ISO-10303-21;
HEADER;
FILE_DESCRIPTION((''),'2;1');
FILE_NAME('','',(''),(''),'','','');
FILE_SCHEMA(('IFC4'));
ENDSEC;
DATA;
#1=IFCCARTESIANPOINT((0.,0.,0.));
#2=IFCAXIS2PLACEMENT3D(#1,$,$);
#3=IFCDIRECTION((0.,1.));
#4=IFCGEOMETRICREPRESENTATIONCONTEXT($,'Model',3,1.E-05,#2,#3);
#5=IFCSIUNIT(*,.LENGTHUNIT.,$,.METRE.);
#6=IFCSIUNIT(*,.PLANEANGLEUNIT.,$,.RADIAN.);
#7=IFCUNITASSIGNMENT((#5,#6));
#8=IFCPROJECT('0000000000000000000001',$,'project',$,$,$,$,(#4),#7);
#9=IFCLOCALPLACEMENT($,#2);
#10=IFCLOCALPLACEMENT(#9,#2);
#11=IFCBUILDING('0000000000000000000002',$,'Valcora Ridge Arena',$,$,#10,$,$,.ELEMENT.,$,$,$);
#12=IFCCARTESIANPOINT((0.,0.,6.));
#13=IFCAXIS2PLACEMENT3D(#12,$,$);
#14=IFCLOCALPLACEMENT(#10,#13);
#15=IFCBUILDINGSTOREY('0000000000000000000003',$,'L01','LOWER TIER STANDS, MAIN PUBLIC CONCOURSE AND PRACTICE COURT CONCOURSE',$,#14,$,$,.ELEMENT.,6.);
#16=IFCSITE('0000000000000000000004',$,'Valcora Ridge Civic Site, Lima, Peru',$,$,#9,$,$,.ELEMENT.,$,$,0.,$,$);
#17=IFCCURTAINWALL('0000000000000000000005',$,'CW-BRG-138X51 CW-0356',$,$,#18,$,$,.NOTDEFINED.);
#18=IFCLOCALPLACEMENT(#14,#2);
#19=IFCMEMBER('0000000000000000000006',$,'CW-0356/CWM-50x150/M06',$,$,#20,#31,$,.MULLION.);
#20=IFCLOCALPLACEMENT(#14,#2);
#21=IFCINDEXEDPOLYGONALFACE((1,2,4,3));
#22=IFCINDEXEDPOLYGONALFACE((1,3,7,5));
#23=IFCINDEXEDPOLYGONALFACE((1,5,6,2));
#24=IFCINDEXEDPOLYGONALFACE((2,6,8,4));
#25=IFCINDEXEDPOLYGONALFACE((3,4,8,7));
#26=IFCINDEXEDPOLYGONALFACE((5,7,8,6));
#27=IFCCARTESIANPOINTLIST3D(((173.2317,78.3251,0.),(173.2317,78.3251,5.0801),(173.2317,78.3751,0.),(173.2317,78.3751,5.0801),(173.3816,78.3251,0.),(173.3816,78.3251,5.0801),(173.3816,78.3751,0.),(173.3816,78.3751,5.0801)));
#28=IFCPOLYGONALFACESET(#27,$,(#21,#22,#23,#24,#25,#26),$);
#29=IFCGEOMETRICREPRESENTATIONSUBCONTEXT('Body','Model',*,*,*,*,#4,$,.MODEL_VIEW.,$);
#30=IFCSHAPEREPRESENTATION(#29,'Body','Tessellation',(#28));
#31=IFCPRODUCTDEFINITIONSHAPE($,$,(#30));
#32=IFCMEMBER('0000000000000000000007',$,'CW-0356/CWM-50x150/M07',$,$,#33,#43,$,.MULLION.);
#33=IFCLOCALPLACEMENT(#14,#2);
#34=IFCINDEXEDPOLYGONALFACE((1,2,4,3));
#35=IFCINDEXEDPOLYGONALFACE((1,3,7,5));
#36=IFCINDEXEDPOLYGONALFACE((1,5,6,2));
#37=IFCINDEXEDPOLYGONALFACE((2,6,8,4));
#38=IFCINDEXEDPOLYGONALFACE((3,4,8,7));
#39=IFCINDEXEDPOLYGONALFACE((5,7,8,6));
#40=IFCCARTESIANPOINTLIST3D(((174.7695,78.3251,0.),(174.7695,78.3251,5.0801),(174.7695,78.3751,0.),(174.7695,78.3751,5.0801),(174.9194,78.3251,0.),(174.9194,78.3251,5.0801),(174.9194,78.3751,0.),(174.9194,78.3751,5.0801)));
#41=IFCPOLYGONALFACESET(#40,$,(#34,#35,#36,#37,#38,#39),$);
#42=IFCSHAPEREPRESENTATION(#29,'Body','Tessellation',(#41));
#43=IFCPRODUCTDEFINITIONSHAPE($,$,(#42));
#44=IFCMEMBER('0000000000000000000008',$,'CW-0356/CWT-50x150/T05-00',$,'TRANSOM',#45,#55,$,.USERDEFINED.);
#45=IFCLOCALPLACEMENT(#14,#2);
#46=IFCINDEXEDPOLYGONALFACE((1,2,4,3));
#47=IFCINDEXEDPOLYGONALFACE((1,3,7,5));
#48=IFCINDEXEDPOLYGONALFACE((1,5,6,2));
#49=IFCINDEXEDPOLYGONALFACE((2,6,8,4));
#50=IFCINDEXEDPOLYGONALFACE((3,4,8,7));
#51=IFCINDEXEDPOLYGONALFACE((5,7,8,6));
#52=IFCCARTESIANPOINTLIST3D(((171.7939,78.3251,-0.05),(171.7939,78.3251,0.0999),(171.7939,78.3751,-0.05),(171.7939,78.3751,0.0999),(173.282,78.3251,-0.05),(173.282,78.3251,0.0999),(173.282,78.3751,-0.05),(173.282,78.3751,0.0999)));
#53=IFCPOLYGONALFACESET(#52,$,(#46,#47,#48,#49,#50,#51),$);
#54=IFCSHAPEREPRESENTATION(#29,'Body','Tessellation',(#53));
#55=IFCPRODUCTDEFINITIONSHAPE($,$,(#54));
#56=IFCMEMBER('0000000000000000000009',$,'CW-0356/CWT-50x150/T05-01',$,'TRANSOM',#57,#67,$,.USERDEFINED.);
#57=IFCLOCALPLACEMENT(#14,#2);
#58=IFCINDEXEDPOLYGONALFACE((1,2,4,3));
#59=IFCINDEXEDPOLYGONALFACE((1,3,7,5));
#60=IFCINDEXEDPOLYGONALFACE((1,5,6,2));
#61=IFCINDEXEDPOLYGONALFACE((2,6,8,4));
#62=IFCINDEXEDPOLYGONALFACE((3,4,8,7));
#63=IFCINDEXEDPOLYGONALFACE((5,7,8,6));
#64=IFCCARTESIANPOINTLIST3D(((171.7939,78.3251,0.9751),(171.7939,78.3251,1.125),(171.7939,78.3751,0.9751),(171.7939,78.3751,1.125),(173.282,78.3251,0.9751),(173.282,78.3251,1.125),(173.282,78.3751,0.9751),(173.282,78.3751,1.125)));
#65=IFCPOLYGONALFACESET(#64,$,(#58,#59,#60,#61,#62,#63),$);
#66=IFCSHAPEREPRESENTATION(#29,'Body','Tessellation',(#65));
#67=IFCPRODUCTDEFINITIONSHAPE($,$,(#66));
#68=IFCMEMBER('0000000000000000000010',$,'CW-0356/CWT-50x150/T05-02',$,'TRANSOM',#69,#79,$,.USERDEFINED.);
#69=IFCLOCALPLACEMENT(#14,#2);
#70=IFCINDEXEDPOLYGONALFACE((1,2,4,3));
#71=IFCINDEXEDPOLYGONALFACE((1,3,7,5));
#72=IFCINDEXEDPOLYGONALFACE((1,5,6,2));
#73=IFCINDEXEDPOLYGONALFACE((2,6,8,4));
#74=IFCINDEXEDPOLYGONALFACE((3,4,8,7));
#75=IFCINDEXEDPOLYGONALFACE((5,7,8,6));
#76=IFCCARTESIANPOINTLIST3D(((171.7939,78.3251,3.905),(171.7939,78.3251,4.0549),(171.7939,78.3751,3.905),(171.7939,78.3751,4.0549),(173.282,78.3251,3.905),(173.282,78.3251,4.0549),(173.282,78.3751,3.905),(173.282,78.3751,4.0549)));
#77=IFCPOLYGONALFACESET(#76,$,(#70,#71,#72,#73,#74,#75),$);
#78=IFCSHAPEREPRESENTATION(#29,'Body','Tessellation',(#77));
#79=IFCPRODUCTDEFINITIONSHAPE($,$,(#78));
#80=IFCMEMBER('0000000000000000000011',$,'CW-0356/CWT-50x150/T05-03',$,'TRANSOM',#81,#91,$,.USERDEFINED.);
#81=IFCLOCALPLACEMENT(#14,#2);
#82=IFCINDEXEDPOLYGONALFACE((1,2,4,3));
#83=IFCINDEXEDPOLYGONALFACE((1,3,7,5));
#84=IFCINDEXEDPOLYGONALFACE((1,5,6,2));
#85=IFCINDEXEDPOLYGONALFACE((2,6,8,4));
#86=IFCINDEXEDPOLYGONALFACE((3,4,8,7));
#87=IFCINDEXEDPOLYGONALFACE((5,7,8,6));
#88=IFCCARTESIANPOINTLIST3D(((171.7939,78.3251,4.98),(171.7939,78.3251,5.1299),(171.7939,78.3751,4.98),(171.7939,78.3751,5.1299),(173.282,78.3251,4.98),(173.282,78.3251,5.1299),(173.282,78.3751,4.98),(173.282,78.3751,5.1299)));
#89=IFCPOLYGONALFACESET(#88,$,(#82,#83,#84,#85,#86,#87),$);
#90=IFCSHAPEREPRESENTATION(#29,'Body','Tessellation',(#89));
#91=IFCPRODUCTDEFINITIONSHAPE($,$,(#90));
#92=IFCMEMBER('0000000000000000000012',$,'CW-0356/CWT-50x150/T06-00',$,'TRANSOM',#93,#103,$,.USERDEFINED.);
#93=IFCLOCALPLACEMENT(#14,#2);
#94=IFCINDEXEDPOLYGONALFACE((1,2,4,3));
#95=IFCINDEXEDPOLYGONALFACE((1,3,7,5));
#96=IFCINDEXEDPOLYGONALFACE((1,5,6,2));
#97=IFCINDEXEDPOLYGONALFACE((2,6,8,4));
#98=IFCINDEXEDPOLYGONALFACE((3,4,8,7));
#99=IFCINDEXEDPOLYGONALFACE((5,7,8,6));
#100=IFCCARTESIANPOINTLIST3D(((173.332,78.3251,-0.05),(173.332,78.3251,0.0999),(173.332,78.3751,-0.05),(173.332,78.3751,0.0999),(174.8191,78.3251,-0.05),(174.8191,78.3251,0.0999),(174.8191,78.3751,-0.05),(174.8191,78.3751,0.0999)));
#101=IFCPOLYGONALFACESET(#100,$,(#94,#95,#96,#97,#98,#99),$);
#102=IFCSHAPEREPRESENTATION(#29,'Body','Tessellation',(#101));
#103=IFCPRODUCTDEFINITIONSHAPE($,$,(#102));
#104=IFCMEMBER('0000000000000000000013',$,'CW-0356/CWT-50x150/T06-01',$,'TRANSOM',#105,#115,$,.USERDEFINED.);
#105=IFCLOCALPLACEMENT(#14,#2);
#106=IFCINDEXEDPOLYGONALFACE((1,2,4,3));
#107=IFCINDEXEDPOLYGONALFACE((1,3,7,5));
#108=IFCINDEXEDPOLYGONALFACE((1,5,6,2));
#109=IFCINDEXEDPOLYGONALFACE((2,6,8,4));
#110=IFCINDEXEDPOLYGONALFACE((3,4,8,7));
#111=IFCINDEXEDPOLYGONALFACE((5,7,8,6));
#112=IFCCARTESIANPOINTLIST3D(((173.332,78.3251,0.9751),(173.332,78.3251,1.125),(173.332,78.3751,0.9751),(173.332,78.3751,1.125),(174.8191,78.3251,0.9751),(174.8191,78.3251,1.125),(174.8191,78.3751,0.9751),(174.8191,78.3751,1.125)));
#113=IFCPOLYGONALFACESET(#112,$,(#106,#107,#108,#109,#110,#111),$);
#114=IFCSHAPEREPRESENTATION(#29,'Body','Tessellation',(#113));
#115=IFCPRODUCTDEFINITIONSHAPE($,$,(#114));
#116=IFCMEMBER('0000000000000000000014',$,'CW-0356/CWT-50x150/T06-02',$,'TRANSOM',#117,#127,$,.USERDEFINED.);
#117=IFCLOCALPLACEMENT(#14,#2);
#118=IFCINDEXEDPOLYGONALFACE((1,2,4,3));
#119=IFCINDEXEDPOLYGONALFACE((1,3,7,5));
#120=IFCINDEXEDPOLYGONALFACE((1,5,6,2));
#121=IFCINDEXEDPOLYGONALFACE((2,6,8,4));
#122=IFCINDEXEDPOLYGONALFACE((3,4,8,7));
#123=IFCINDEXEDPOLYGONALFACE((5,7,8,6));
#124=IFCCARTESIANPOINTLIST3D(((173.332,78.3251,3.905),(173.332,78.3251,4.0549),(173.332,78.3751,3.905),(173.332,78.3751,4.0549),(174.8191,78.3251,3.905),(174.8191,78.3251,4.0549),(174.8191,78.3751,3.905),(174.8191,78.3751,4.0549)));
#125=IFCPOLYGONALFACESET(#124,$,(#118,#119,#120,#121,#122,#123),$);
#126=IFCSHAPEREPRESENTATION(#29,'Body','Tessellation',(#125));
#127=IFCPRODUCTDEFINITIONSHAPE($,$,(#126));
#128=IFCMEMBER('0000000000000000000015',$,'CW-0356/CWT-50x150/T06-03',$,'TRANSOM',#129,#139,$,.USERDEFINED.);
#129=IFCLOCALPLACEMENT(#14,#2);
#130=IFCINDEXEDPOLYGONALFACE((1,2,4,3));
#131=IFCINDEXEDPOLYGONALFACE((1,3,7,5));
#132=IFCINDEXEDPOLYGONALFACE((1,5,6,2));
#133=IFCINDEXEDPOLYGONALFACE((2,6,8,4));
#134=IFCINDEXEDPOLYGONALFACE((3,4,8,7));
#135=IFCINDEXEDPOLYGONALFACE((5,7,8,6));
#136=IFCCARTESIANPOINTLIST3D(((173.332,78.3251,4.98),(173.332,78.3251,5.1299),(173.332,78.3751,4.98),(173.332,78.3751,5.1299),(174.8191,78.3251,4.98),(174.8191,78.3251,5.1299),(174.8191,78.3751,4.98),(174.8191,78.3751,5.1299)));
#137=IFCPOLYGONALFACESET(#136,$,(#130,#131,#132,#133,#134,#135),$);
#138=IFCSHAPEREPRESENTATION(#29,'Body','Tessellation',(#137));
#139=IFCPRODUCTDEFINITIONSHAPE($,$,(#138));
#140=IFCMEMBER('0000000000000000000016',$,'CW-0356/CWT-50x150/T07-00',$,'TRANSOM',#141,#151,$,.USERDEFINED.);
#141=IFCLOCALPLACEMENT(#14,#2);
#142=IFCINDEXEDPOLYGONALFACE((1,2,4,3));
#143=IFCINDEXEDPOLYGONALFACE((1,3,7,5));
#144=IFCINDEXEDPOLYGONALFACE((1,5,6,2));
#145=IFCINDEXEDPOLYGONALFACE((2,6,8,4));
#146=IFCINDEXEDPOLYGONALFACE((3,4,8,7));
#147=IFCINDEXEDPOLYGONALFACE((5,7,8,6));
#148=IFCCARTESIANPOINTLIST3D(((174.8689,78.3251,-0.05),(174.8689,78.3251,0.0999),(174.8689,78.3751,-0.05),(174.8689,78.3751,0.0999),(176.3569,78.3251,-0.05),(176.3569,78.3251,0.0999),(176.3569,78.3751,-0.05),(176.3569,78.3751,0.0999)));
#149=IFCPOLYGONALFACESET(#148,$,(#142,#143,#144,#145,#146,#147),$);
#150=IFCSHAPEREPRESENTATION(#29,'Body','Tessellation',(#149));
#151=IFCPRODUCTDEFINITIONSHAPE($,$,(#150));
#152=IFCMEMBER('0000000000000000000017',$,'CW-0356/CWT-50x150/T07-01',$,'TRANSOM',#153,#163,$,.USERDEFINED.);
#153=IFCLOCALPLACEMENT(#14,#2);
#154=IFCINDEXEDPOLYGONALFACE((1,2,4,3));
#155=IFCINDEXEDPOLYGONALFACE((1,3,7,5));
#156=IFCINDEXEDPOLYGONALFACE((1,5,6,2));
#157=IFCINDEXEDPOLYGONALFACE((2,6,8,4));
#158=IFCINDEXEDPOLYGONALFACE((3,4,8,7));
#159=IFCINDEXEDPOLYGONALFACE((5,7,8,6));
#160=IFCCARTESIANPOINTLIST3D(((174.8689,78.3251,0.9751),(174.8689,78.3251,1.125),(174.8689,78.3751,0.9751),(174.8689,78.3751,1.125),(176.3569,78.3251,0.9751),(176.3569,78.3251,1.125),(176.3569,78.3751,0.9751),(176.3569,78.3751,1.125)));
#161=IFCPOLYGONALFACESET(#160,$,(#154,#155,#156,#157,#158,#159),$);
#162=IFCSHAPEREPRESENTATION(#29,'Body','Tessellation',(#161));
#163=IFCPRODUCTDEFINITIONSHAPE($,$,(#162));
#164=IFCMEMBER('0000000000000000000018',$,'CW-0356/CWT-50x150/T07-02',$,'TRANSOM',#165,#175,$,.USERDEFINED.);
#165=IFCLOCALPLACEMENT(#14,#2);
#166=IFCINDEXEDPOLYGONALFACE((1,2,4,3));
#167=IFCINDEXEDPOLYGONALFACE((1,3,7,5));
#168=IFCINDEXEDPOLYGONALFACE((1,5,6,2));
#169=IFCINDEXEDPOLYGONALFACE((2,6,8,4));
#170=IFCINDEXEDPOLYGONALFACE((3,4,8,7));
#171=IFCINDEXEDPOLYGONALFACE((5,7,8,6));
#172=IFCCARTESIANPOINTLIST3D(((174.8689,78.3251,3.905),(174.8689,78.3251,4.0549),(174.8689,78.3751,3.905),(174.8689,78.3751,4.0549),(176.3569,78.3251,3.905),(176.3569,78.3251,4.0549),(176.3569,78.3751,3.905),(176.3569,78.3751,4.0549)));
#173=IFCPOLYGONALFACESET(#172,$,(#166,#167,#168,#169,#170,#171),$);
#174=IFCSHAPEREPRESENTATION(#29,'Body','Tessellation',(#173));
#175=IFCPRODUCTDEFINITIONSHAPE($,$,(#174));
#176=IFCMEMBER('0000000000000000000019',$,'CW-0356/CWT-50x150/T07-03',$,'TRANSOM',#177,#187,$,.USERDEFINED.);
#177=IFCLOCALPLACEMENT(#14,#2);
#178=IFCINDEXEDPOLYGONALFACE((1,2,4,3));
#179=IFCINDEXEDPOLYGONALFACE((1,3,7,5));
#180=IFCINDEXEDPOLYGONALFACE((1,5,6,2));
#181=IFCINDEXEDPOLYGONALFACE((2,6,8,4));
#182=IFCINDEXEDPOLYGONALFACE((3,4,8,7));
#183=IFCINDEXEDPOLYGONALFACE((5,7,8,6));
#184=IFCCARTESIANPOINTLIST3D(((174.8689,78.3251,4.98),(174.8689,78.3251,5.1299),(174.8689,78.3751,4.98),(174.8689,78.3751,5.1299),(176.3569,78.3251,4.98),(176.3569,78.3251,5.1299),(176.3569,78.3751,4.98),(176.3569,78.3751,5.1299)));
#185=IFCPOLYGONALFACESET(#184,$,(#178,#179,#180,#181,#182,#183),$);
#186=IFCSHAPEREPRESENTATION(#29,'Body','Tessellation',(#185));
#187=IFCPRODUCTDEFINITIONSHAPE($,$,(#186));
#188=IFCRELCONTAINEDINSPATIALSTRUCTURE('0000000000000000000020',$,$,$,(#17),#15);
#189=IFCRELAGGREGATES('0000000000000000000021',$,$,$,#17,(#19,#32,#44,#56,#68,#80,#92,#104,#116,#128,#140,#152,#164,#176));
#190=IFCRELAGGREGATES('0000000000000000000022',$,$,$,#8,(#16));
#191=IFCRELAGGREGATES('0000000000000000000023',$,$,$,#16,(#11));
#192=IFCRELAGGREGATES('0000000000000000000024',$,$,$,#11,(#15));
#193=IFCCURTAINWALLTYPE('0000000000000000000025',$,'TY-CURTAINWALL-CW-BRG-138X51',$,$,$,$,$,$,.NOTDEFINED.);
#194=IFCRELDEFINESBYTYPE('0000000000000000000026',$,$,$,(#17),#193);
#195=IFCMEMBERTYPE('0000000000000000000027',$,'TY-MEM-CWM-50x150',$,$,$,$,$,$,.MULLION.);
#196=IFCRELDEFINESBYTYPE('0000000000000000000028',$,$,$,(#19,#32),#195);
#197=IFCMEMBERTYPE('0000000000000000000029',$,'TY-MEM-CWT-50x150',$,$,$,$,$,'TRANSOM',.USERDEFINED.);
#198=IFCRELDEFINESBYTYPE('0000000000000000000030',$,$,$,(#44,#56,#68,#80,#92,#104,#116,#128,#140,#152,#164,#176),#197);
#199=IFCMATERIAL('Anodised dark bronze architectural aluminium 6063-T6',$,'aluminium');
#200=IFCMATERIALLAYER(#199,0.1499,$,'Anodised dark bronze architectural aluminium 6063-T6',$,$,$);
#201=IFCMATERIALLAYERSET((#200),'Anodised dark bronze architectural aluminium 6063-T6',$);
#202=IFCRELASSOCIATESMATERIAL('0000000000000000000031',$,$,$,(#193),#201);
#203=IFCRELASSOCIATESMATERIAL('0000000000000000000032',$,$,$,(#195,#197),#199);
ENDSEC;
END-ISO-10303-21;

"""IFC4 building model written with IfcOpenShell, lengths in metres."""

from ifc_helpers import new_model, si_unit, direction, frame, origin, origin_2d, place, context, subcontext, project, spatial, rectangle, extrude, material, layer, layer_set, material_profile, profile_set, type_object, element, aggregate, save


model = new_model("IFC4")

# Units and contexts
model_context = context("Model", 3, precision=1e-05, world=origin(), true_north=direction((0.0, 1.0)))
body_context = subcontext(model_context, "Body", "Model", "MODEL_VIEW")
ifc_project = project(units=[si_unit("LENGTHUNIT", "METRE"), si_unit("PLANEANGLEUNIT", "RADIAN")], contexts=[model_context])

# Site, building, storey
site_placement = place(None, origin())
site = spatial("IfcSite", under=ifc_project, at=site_placement, Name="Valcora Ridge Civic Site, Lima, Peru", CompositionType="ELEMENT", RefElevation=0.0)
building_placement = place(site_placement, origin())
building = spatial("IfcBuilding", under=site, at=building_placement, Name="Valcora Ridge Arena", CompositionType="ELEMENT")
storey_placement = place(building_placement, frame((0.0, 0.0, 6.0)))
storey = spatial("IfcBuildingStorey", under=building, at=storey_placement, Name="L01", Description="LOWER TIER STANDS, MAIN PUBLIC CONCOURSE AND PRACTICE COURT CONCOURSE", CompositionType="ELEMENT", Elevation=6.0)

# Curtain wall, members
ifc_material_1 = material(Name="Anodised dark bronze architectural aluminium 6063-T6", Category="aluminium")
ifc_layer_1 = layer(ifc_material_1, 0.1499, Name="Anodised dark bronze architectural aluminium 6063-T6")
ifc_layer_set_1 = layer_set([ifc_layer_1], Name="Anodised dark bronze architectural aluminium 6063-T6")
curtain_wall_type = type_object("IfcCurtainWallType", Name="TY-CURTAINWALL-CW-BRG-138X51", PredefinedType="NOTDEFINED", material=ifc_layer_set_1)
curtain_wall_placement = place(storey_placement, origin())
curtain_wall = element("IfcCurtainWall", 1, at=curtain_wall_placement, inside=storey, type_object=curtain_wall_type, Name="CW-BRG-138X51 CW-0356", PredefinedType="NOTDEFINED")
ifc_material_profile_1 = material_profile(ifc_material_1, rectangle(XDim=0.05, YDim=0.1499, at=origin_2d()), Name="ALU MULLION 50x150")
ifc_profile_set_1 = profile_set([ifc_material_profile_1], Name="Anodised dark bronze architectural aluminium 6063-T6")
member_type_1 = type_object("IfcMemberType", Name="TY-MEM-CWM-50x150", PredefinedType="MULLION", material=ifc_profile_set_1)
member_1_placement = place(storey_placement, frame((173.3066, 78.3501, 0.0), z_axis=(0.0, 0.0, 1.0), x_axis=(0.0, 1.0, 0.0)))
member_1 = element("IfcMember", 2, at=member_1_placement, type_object=member_type_1, Name="CW-0356/CWM-50x150/M06", PredefinedType="MULLION", context=body_context, shape_type="SweptSolid", body=[
    extrude(rectangle(XDim=0.05, YDim=0.1499, at=origin_2d()), origin(), (0.0, 0.0, 1.0), 5.0801),
])
member_2_placement = place(storey_placement, frame((174.8445, 78.3501, 0.0), z_axis=(0.0, 0.0, 1.0), x_axis=(0.0, 1.0, 0.0)))
member_2 = element("IfcMember", 3, at=member_2_placement, type_object=member_type_1, Name="CW-0356/CWM-50x150/M07", PredefinedType="MULLION", context=body_context, shape_type="SweptSolid", body=[
    extrude(rectangle(XDim=0.05, YDim=0.1499, at=origin_2d()), origin(), (0.0, 0.0, 1.0), 5.0801),
])
ifc_material_profile_2 = material_profile(ifc_material_1, rectangle(XDim=0.05, YDim=0.1499, at=origin_2d()), Name="ALU TRANSOM 50x150")
ifc_profile_set_2 = profile_set([ifc_material_profile_2], Name="Anodised dark bronze architectural aluminium 6063-T6")
member_type_2 = type_object("IfcMemberType", Name="TY-MEM-CWT-50x150", ElementType="TRANSOM", PredefinedType="USERDEFINED", material=ifc_profile_set_2)
member_3_placement = place(storey_placement, frame((171.7939, 78.3501, 0.0249), z_axis=(1.0, 0.0, 0.0), x_axis=(0.0, 1.0, 0.0)))
member_3 = element("IfcMember", 4, at=member_3_placement, type_object=member_type_2, Name="CW-0356/CWT-50x150/T05-00", ObjectType="TRANSOM", PredefinedType="USERDEFINED", context=body_context, shape_type="SweptSolid", body=[
    extrude(rectangle(XDim=0.05, YDim=0.1499, at=origin_2d()), origin(), (0.0, 0.0, 1.0), 1.488),
])
member_4_placement = place(storey_placement, frame((171.7939, 78.3501, 1.05), z_axis=(1.0, 0.0, 0.0), x_axis=(0.0, 1.0, 0.0)))
member_4 = element("IfcMember", 5, at=member_4_placement, type_object=member_type_2, Name="CW-0356/CWT-50x150/T05-01", ObjectType="TRANSOM", PredefinedType="USERDEFINED", context=body_context, shape_type="SweptSolid", body=[
    extrude(rectangle(XDim=0.05, YDim=0.1499, at=origin_2d()), origin(), (0.0, 0.0, 1.0), 1.488),
])
member_5_placement = place(storey_placement, frame((171.7939, 78.3501, 3.98), z_axis=(1.0, 0.0, 0.0), x_axis=(0.0, 1.0, 0.0)))
member_5 = element("IfcMember", 6, at=member_5_placement, type_object=member_type_2, Name="CW-0356/CWT-50x150/T05-02", ObjectType="TRANSOM", PredefinedType="USERDEFINED", context=body_context, shape_type="SweptSolid", body=[
    extrude(rectangle(XDim=0.05, YDim=0.1499, at=origin_2d()), origin(), (0.0, 0.0, 1.0), 1.488),
])
member_6_placement = place(storey_placement, frame((171.7939, 78.3501, 5.0549), z_axis=(1.0, 0.0, 0.0), x_axis=(0.0, 1.0, 0.0)))
member_6 = element("IfcMember", 7, at=member_6_placement, type_object=member_type_2, Name="CW-0356/CWT-50x150/T05-03", ObjectType="TRANSOM", PredefinedType="USERDEFINED", context=body_context, shape_type="SweptSolid", body=[
    extrude(rectangle(XDim=0.05, YDim=0.1499, at=origin_2d()), origin(), (0.0, 0.0, 1.0), 1.488),
])
member_7_placement = place(storey_placement, frame((173.332, 78.3501, 0.0249), z_axis=(1.0, 0.0, 0.0), x_axis=(0.0, 1.0, 0.0)))
member_7 = element("IfcMember", 8, at=member_7_placement, type_object=member_type_2, Name="CW-0356/CWT-50x150/T06-00", ObjectType="TRANSOM", PredefinedType="USERDEFINED", context=body_context, shape_type="SweptSolid", body=[
    extrude(rectangle(XDim=0.05, YDim=0.1499, at=origin_2d()), origin(), (0.0, 0.0, 1.0), 1.4871),
])
member_8_placement = place(storey_placement, frame((173.332, 78.3501, 1.05), z_axis=(1.0, 0.0, 0.0), x_axis=(0.0, 1.0, 0.0)))
member_8 = element("IfcMember", 9, at=member_8_placement, type_object=member_type_2, Name="CW-0356/CWT-50x150/T06-01", ObjectType="TRANSOM", PredefinedType="USERDEFINED", context=body_context, shape_type="SweptSolid", body=[
    extrude(rectangle(XDim=0.05, YDim=0.1499, at=origin_2d()), origin(), (0.0, 0.0, 1.0), 1.4871),
])
member_9_placement = place(storey_placement, frame((173.332, 78.3501, 3.98), z_axis=(1.0, 0.0, 0.0), x_axis=(0.0, 1.0, 0.0)))
member_9 = element("IfcMember", 10, at=member_9_placement, type_object=member_type_2, Name="CW-0356/CWT-50x150/T06-02", ObjectType="TRANSOM", PredefinedType="USERDEFINED", context=body_context, shape_type="SweptSolid", body=[
    extrude(rectangle(XDim=0.05, YDim=0.1499, at=origin_2d()), origin(), (0.0, 0.0, 1.0), 1.4871),
])
member_10_placement = place(storey_placement, frame((173.332, 78.3501, 5.0549), z_axis=(1.0, 0.0, 0.0), x_axis=(0.0, 1.0, 0.0)))
member_10 = element("IfcMember", 11, at=member_10_placement, type_object=member_type_2, Name="CW-0356/CWT-50x150/T06-03", ObjectType="TRANSOM", PredefinedType="USERDEFINED", context=body_context, shape_type="SweptSolid", body=[
    extrude(rectangle(XDim=0.05, YDim=0.1499, at=origin_2d()), origin(), (0.0, 0.0, 1.0), 1.4871),
])
member_11_placement = place(storey_placement, frame((174.8689, 78.3501, 0.0249), z_axis=(1.0, 0.0, 0.0), x_axis=(0.0, 1.0, 0.0)))
member_11 = element("IfcMember", 12, at=member_11_placement, type_object=member_type_2, Name="CW-0356/CWT-50x150/T07-00", ObjectType="TRANSOM", PredefinedType="USERDEFINED", context=body_context, shape_type="SweptSolid", body=[
    extrude(rectangle(XDim=0.05, YDim=0.1499, at=origin_2d()), origin(), (0.0, 0.0, 1.0), 1.488),
])
member_12_placement = place(storey_placement, frame((174.8689, 78.3501, 1.05), z_axis=(1.0, 0.0, 0.0), x_axis=(0.0, 1.0, 0.0)))
member_12 = element("IfcMember", 13, at=member_12_placement, type_object=member_type_2, Name="CW-0356/CWT-50x150/T07-01", ObjectType="TRANSOM", PredefinedType="USERDEFINED", context=body_context, shape_type="SweptSolid", body=[
    extrude(rectangle(XDim=0.05, YDim=0.1499, at=origin_2d()), origin(), (0.0, 0.0, 1.0), 1.488),
])
member_13_placement = place(storey_placement, frame((174.8689, 78.3501, 3.98), z_axis=(1.0, 0.0, 0.0), x_axis=(0.0, 1.0, 0.0)))
member_13 = element("IfcMember", 14, at=member_13_placement, type_object=member_type_2, Name="CW-0356/CWT-50x150/T07-02", ObjectType="TRANSOM", PredefinedType="USERDEFINED", context=body_context, shape_type="SweptSolid", body=[
    extrude(rectangle(XDim=0.05, YDim=0.1499, at=origin_2d()), origin(), (0.0, 0.0, 1.0), 1.488),
])
member_14_placement = place(storey_placement, frame((174.8689, 78.3501, 5.0549), z_axis=(1.0, 0.0, 0.0), x_axis=(0.0, 1.0, 0.0)))
member_14 = element("IfcMember", 15, at=member_14_placement, type_object=member_type_2, Name="CW-0356/CWT-50x150/T07-03", ObjectType="TRANSOM", PredefinedType="USERDEFINED", context=body_context, shape_type="SweptSolid", body=[
    extrude(rectangle(XDim=0.05, YDim=0.1499, at=origin_2d()), origin(), (0.0, 0.0, 1.0), 1.488),
])
aggregate(curtain_wall, [member_1, member_2, member_3, member_4, member_5, member_6, member_7, member_8, member_9, member_10, member_11, member_12, member_13, member_14])

save(model, "model.ifc")
